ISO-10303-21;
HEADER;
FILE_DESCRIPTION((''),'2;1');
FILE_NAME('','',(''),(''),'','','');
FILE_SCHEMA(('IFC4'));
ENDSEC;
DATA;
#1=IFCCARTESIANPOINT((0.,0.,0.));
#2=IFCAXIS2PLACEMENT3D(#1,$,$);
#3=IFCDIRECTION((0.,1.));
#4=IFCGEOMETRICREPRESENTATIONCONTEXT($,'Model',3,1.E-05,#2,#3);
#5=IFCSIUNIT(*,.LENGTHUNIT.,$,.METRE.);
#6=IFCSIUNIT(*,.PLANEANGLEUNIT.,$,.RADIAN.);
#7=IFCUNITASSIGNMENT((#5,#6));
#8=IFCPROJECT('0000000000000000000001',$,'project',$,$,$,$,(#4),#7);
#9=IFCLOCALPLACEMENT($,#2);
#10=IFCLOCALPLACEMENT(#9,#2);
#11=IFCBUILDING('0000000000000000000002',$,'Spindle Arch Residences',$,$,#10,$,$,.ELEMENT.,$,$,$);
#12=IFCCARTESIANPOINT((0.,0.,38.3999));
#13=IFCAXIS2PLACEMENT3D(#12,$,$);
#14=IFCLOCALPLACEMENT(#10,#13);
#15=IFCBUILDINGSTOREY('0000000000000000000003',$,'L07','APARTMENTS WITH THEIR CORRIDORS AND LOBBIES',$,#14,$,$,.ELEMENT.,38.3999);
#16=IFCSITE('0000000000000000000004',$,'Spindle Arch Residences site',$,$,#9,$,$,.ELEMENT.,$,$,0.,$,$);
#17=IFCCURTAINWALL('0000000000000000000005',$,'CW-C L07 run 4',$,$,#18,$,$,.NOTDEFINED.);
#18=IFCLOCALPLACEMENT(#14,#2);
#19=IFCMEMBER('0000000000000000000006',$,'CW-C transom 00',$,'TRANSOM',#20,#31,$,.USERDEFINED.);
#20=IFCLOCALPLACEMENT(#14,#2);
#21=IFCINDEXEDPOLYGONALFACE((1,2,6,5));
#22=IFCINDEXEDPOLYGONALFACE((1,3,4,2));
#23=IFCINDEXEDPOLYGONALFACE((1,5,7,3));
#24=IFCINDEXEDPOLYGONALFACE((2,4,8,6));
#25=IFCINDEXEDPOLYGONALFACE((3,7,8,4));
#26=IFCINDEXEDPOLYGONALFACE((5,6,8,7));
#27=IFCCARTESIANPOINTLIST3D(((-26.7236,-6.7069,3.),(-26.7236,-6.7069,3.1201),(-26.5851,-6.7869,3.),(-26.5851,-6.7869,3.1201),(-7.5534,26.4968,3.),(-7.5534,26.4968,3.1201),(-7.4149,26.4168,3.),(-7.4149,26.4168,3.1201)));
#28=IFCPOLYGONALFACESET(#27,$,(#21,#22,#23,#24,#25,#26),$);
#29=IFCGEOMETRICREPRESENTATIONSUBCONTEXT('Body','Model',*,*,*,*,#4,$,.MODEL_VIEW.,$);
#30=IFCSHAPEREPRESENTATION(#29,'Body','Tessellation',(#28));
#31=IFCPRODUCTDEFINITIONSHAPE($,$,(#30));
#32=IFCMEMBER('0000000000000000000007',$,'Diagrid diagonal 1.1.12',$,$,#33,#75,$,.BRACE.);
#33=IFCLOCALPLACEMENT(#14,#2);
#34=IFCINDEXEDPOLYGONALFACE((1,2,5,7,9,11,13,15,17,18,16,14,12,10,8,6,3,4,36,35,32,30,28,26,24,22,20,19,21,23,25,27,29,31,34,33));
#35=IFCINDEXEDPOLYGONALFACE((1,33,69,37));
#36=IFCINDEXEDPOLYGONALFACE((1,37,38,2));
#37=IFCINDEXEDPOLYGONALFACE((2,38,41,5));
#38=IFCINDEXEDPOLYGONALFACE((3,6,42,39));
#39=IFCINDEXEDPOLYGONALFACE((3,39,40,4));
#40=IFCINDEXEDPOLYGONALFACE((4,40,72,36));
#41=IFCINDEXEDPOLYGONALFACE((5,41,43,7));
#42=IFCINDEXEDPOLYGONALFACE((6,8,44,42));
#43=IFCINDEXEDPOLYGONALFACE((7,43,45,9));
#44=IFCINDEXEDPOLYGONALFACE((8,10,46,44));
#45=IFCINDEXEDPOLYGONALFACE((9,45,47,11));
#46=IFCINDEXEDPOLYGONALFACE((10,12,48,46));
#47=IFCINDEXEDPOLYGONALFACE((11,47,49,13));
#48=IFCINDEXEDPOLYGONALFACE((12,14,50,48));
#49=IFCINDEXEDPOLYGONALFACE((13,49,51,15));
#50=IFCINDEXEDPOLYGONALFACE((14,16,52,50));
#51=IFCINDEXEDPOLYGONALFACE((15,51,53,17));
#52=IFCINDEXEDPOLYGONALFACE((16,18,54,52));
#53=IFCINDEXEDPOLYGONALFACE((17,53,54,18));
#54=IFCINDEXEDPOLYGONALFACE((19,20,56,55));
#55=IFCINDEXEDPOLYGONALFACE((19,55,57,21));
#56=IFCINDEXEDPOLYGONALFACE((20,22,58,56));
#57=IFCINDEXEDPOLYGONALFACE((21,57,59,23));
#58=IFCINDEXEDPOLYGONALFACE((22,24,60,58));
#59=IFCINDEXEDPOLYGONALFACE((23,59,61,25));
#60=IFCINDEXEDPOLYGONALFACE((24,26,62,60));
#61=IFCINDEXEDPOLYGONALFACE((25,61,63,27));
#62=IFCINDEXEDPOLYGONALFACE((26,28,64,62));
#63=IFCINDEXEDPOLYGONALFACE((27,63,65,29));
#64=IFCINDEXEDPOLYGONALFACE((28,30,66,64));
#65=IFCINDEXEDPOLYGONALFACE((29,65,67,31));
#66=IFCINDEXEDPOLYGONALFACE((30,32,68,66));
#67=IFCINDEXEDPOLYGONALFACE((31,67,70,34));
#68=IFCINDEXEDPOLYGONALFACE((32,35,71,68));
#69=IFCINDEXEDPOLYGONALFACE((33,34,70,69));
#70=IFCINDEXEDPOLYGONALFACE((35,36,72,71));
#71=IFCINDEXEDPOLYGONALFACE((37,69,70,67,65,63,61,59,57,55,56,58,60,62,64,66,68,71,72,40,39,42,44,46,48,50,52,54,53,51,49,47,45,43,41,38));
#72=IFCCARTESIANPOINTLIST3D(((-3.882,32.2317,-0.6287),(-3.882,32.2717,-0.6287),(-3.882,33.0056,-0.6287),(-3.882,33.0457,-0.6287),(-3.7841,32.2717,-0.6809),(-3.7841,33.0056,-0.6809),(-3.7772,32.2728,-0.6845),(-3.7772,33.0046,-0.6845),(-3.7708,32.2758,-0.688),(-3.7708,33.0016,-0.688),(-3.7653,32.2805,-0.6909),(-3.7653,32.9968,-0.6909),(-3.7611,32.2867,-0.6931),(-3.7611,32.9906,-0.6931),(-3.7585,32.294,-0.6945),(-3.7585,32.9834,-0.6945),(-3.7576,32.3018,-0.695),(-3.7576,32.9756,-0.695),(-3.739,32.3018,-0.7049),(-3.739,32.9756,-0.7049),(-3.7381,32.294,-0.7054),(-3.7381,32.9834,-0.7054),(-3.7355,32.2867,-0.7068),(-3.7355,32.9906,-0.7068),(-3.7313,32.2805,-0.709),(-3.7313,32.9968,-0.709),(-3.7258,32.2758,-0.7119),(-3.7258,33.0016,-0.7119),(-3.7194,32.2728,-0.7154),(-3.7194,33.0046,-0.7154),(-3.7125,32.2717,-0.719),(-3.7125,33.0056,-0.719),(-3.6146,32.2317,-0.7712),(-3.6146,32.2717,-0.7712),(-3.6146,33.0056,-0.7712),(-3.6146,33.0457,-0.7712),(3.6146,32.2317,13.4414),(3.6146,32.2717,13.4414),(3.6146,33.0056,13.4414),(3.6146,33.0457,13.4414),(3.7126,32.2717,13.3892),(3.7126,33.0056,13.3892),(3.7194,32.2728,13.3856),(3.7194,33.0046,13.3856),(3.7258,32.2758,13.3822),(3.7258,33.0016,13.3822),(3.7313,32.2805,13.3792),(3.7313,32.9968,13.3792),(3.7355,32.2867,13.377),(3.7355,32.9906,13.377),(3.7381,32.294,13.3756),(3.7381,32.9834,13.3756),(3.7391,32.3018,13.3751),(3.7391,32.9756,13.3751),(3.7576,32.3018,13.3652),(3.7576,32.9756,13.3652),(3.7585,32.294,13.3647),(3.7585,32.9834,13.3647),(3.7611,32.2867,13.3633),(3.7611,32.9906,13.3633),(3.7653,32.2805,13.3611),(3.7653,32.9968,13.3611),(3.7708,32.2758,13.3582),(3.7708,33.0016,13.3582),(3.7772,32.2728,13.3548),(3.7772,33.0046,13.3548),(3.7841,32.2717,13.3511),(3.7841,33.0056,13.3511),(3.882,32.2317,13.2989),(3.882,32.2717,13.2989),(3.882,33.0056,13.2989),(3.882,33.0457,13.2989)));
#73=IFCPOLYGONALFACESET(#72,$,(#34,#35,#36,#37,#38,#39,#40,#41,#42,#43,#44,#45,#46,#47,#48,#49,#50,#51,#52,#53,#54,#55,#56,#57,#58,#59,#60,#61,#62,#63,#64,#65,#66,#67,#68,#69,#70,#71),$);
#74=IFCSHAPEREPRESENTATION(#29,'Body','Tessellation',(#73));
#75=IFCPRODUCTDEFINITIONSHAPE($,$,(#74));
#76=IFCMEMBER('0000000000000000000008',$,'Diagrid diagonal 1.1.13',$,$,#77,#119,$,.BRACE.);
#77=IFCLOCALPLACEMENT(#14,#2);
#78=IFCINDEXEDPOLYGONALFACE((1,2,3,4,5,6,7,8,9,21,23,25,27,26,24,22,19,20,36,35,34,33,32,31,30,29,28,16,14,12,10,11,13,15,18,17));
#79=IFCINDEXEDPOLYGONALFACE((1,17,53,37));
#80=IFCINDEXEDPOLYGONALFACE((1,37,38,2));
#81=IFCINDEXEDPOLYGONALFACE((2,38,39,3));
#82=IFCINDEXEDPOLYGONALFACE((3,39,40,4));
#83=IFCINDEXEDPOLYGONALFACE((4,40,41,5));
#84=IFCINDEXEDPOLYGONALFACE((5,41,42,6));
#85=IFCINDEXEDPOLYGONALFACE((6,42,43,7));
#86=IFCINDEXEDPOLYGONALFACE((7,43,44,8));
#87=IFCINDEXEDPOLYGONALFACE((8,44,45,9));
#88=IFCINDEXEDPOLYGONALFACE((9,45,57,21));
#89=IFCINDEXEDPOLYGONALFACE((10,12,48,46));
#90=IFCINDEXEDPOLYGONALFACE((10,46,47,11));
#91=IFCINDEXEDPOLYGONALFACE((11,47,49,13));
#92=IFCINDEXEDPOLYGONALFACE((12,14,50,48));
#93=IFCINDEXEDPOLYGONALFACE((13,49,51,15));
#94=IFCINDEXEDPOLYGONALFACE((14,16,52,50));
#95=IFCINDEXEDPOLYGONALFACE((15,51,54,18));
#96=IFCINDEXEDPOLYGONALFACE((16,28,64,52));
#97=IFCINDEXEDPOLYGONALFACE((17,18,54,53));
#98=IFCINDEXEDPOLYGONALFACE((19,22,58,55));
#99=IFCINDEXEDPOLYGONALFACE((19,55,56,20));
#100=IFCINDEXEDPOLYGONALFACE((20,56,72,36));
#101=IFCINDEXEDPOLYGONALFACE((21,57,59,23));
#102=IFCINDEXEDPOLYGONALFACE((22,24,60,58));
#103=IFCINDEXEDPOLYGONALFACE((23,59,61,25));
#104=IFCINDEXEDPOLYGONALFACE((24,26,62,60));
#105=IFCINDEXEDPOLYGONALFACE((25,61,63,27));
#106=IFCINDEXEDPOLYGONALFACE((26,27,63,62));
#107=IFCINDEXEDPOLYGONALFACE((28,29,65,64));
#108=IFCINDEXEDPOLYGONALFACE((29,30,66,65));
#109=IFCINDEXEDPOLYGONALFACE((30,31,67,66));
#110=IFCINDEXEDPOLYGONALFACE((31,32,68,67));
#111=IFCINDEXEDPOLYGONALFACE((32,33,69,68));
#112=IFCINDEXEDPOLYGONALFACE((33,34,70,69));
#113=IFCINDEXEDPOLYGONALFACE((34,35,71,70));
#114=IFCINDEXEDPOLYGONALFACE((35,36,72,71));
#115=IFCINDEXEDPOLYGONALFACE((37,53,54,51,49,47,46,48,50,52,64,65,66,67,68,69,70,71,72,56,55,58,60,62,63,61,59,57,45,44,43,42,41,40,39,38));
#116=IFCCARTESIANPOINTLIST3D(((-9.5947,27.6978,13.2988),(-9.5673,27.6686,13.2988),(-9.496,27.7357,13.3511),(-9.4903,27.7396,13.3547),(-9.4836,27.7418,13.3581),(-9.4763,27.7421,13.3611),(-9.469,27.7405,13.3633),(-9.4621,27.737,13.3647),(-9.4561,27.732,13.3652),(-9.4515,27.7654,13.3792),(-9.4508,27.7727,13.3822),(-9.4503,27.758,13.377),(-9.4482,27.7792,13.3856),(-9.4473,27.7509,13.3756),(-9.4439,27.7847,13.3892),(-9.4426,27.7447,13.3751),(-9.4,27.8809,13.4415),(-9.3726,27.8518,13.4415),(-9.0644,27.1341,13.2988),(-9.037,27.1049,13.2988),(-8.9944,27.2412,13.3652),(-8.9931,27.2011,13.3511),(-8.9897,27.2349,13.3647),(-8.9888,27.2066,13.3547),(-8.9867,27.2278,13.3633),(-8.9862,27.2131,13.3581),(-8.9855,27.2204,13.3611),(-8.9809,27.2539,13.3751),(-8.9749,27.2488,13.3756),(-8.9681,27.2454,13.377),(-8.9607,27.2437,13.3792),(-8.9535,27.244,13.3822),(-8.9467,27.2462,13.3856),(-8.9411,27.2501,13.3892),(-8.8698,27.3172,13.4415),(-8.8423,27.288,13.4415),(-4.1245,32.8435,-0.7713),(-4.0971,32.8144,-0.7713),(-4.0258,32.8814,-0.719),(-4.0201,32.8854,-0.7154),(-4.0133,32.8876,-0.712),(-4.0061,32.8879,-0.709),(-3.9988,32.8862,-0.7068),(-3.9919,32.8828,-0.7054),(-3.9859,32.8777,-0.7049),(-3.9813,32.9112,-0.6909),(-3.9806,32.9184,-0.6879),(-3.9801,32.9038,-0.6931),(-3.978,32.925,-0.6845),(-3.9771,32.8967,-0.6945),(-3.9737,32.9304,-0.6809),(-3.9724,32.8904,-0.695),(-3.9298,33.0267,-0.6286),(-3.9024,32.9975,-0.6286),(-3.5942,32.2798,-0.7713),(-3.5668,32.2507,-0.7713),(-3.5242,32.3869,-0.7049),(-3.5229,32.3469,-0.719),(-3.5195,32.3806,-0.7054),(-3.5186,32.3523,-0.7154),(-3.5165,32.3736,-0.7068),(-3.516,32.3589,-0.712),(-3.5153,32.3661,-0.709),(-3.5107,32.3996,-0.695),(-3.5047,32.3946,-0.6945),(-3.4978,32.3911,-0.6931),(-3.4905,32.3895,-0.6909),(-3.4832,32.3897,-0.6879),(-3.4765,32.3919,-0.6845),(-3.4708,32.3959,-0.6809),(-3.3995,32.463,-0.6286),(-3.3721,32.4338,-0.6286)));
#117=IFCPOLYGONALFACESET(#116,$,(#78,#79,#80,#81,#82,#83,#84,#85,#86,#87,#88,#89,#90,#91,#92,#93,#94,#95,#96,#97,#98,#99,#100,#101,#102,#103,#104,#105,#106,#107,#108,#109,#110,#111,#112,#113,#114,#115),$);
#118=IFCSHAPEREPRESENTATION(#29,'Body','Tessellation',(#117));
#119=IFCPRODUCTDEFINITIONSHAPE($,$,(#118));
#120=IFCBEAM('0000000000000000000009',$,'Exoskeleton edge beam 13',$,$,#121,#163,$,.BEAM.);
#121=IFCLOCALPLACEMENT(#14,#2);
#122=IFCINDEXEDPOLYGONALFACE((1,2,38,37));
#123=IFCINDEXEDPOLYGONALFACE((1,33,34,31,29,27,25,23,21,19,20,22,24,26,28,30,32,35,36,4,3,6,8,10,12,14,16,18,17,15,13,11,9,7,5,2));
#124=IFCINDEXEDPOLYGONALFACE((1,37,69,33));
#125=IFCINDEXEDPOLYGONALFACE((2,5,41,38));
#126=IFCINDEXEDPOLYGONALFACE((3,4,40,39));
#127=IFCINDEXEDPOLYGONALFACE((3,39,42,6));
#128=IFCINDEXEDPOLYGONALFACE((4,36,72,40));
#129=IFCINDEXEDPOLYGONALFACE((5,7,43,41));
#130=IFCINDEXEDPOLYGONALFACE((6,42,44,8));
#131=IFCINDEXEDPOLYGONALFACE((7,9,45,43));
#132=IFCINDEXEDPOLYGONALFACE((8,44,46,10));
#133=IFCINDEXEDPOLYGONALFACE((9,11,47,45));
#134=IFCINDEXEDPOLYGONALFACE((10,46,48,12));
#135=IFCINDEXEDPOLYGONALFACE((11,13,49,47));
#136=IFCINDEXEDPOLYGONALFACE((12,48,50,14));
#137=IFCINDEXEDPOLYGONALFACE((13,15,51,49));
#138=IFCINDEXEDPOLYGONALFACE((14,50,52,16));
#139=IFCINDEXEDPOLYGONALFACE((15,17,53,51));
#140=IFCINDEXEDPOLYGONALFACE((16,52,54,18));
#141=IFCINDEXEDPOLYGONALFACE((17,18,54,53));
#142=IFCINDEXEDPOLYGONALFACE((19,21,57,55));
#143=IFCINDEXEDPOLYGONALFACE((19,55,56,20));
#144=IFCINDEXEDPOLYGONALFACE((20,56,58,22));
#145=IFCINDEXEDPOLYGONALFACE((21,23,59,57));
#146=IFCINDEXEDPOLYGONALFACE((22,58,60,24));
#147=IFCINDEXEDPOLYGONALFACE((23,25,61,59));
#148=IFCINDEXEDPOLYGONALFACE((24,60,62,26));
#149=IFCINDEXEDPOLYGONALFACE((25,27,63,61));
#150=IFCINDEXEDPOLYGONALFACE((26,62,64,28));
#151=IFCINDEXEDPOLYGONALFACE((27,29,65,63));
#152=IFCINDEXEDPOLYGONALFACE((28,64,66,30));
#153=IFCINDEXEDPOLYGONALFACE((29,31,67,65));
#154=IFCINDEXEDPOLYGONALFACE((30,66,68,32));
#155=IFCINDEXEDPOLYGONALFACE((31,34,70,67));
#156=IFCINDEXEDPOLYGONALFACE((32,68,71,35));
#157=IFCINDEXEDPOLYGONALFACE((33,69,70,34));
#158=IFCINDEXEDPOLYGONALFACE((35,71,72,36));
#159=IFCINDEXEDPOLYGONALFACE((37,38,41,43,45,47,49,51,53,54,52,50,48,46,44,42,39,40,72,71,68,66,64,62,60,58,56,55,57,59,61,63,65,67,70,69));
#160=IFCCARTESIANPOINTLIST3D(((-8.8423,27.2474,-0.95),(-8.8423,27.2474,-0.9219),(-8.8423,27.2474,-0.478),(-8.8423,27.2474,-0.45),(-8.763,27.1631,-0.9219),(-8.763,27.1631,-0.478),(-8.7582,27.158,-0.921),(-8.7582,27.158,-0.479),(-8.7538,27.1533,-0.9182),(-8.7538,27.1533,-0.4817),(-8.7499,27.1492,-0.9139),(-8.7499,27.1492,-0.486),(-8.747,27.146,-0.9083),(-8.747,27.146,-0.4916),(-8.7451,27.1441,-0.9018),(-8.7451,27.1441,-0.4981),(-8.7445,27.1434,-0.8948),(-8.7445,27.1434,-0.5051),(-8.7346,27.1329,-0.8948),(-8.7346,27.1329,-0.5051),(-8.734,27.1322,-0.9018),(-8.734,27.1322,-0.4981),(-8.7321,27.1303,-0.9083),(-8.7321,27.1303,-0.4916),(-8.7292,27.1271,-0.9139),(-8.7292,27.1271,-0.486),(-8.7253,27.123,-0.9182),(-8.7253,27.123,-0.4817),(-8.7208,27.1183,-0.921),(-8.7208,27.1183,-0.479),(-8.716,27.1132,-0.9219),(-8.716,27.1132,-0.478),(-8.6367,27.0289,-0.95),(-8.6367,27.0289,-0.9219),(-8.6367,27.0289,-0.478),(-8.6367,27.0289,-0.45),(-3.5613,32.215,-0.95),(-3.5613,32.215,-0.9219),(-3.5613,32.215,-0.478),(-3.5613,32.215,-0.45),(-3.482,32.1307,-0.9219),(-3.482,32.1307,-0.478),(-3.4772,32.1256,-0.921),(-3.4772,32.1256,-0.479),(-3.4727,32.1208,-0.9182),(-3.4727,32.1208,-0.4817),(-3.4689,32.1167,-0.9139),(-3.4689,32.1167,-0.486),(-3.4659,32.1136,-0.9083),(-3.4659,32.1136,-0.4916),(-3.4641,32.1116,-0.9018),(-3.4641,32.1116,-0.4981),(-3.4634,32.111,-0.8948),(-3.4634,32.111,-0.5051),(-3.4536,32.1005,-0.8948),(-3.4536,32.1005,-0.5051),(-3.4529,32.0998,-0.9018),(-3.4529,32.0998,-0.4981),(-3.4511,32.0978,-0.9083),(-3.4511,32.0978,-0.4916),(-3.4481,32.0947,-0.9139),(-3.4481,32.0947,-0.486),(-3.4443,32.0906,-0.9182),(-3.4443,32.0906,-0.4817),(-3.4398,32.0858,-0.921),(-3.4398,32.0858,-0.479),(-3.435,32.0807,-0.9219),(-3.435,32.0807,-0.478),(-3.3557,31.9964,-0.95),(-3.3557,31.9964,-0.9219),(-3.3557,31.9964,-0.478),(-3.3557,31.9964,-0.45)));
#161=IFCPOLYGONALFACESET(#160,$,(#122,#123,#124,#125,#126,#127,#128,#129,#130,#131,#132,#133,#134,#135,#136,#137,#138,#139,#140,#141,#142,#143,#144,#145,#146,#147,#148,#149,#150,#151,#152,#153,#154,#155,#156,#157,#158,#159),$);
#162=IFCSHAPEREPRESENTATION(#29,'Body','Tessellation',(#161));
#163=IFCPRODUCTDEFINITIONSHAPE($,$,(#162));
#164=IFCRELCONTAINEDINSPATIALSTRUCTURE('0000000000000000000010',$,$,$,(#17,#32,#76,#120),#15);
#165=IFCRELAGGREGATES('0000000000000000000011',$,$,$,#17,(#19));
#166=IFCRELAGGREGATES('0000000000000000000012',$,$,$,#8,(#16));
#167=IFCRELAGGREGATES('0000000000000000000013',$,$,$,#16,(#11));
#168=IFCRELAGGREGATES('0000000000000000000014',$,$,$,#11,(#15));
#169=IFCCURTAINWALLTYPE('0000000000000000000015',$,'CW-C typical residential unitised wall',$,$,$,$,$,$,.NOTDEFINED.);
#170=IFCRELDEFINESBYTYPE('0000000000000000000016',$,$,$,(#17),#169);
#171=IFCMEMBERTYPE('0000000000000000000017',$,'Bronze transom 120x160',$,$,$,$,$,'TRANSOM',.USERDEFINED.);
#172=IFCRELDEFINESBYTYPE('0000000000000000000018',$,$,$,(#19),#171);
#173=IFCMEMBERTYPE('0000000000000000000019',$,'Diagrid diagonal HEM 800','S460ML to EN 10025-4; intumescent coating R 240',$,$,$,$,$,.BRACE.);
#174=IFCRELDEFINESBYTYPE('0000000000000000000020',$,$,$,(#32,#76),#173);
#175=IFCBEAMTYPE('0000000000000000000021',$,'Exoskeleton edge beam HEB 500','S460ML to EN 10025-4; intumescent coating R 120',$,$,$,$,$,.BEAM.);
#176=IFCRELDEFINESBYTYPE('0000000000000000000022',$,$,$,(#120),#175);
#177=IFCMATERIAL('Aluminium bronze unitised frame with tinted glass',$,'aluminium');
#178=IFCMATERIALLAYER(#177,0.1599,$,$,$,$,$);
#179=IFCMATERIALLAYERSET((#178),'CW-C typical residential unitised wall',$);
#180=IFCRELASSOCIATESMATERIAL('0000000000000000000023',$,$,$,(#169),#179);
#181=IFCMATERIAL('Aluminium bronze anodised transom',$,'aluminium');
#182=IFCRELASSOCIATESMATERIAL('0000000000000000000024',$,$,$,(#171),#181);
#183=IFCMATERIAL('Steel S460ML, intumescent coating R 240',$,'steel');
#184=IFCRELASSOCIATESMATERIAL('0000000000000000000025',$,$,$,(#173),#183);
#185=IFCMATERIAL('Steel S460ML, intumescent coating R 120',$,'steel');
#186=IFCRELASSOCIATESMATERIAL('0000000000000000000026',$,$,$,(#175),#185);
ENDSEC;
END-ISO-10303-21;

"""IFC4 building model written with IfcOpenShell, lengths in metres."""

from ifc_helpers import new_model, si_unit, direction, frame, origin, origin_2d, place, context, subcontext, project, spatial, rectangle, i_section, extrude, material, layer, layer_set, material_profile, profile_set, type_object, element, aggregate, save


model = new_model("IFC4")

# Units and contexts
model_context = context("Model", 3, precision=1e-05, world=origin(), true_north=direction((0.0, 1.0)))
body_context = subcontext(model_context, "Body", "Model", "MODEL_VIEW")
ifc_project = project(units=[si_unit("LENGTHUNIT", "METRE"), si_unit("PLANEANGLEUNIT", "RADIAN")], contexts=[model_context])

# Site, building, storey
site_placement = place(None, origin())
site = spatial("IfcSite", under=ifc_project, at=site_placement, Name="Spindle Arch Residences site", CompositionType="ELEMENT", RefElevation=0.0)
building_placement = place(site_placement, origin())
building = spatial("IfcBuilding", under=site, at=building_placement, Name="Spindle Arch Residences", CompositionType="ELEMENT")
storey_placement = place(building_placement, frame((0.0, 0.0, 38.3999)))
storey = spatial("IfcBuildingStorey", under=building, at=storey_placement, Name="L07", Description="APARTMENTS WITH THEIR CORRIDORS AND LOBBIES", CompositionType="ELEMENT", Elevation=38.3999)

# Curtain wall
ifc_material_1 = material(Name="Aluminium bronze unitised frame with tinted glass", Category="aluminium")
ifc_layer_1 = layer(ifc_material_1, 0.1599)
ifc_layer_set_1 = layer_set([ifc_layer_1], Name="CW-C typical residential unitised wall")
curtain_wall_type_1 = type_object("IfcCurtainWallType", Name="CW-C typical residential unitised wall", PredefinedType="NOTDEFINED", material=ifc_layer_set_1)
curtain_wall_1_placement = place(storey_placement, origin())
curtain_wall_1 = element("IfcCurtainWall", 1, at=curtain_wall_1_placement, inside=storey, type_object=curtain_wall_type_1, Name="CW-C L07 run 4", PredefinedType="NOTDEFINED")

# Member
ifc_material_2 = material(Name="Aluminium bronze anodised transom", Category="aluminium")
ifc_material_profile_1 = material_profile(ifc_material_2, rectangle(XDim=0.1599, YDim=0.1201, at=origin_2d()), Name="TR 120x160")
ifc_profile_set_1 = profile_set([ifc_material_profile_1], Name="Aluminium bronze anodised transom")
member_type_1 = type_object("IfcMemberType", Name="Bronze transom 120x160", ElementType="TRANSOM", PredefinedType="USERDEFINED", material=ifc_profile_set_1)
member_1_placement = place(storey_placement, frame((-7.4841, 26.4568, 3.0601), z_axis=(-0.500001, -0.866025, 0.0), x_axis=(0.866025, -0.500001, 0.0)))
member_1 = element("IfcMember", 2, at=member_1_placement, type_object=member_type_1, Name="CW-C transom 00", ObjectType="TRANSOM", PredefinedType="USERDEFINED", context=body_context, shape_type="SweptSolid", body=[
    extrude(rectangle(XDim=0.1599, YDim=0.1201, at=origin_2d()), origin(), (0.0, 0.0, 1.0), 38.3403),
])

# Members
ifc_material_3 = material(Name="Steel S460ML, intumescent coating R 240", Category="steel")
ifc_material_profile_2 = material_profile(ifc_material_3, i_section(OverallWidth=0.303, OverallDepth=0.814, WebThickness=0.021, FlangeThickness=0.04, FilletRadius=0.03, at=origin_2d()), Name="HEM 800")
ifc_profile_set_2 = profile_set([ifc_material_profile_2], Name="Steel S460ML, intumescent coating R 240")
member_type_2 = type_object("IfcMemberType", Name="Diagrid diagonal HEM 800", Description="S460ML to EN 10025-4; intumescent coating R 240", PredefinedType="BRACE", material=ifc_profile_set_2)
member_2_placement = place(storey_placement, frame((-3.7483, 32.6387, -0.7), z_axis=(0.470224, 0.0, 0.882547), x_axis=(-0.882547, 0.0, 0.470224)))
element("IfcMember", 3, at=member_2_placement, inside=storey, type_object=member_type_2, Name="Diagrid diagonal 1.1.12", PredefinedType="BRACE", context=body_context, shape_type="SweptSolid", body=[
    extrude(i_section(OverallWidth=0.303, OverallDepth=0.814, WebThickness=0.021, FlangeThickness=0.04, FilletRadius=0.03, at=origin_2d()), origin(), (0.0, 0.0, 1.0), 15.9426),
])
member_3_placement = place(storey_placement, frame((-3.7483, 32.6387, -0.7), z_axis=(-0.342983, -0.322639, 0.882194), x_axis=(0.642571, 0.604458, 0.470886)))
element("IfcMember", 4, at=member_3_placement, inside=storey, type_object=member_type_2, Name="Diagrid diagonal 1.1.13", PredefinedType="BRACE", context=body_context, shape_type="SweptSolid", body=[
    extrude(i_section(OverallWidth=0.303, OverallDepth=0.814, WebThickness=0.021, FlangeThickness=0.04, FilletRadius=0.03, at=origin_2d()), origin(), (0.0, 0.0, 1.0), 15.949),
])

# Beam
ifc_material_4 = material(Name="Steel S460ML, intumescent coating R 120", Category="steel")
ifc_material_profile_3 = material_profile(ifc_material_4, i_section(OverallWidth=0.3, OverallDepth=0.5, WebThickness=0.0144, FlangeThickness=0.0281, FilletRadius=0.0271, at=origin_2d()), Name="HEB 500")
ifc_profile_set_3 = profile_set([ifc_material_profile_3], Name="Steel S460ML, intumescent coating R 120")
beam_type_1 = type_object("IfcBeamType", Name="Exoskeleton edge beam HEB 500", Description="S460ML to EN 10025-4; intumescent coating R 120", PredefinedType="BEAM", material=ifc_profile_set_3)
beam_1_placement = place(storey_placement, frame((-3.4585, 32.1057, -0.7), z_axis=(-0.728395, -0.685158, 0.0), x_axis=(0.685158, -0.728395, 0.0)))
element("IfcBeam", 5, at=beam_1_placement, inside=storey, type_object=beam_type_1, Name="Exoskeleton edge beam 13", PredefinedType="BEAM", context=body_context, shape_type="SweptSolid", body=[
    extrude(i_section(OverallWidth=0.3, OverallDepth=0.5, WebThickness=0.0144, FlangeThickness=0.0281, FilletRadius=0.0271, at=origin_2d()), origin(), (0.0, 0.0, 1.0), 7.2502),
])

aggregate(curtain_wall_1, [member_1])

save(model, "model.ifc")
